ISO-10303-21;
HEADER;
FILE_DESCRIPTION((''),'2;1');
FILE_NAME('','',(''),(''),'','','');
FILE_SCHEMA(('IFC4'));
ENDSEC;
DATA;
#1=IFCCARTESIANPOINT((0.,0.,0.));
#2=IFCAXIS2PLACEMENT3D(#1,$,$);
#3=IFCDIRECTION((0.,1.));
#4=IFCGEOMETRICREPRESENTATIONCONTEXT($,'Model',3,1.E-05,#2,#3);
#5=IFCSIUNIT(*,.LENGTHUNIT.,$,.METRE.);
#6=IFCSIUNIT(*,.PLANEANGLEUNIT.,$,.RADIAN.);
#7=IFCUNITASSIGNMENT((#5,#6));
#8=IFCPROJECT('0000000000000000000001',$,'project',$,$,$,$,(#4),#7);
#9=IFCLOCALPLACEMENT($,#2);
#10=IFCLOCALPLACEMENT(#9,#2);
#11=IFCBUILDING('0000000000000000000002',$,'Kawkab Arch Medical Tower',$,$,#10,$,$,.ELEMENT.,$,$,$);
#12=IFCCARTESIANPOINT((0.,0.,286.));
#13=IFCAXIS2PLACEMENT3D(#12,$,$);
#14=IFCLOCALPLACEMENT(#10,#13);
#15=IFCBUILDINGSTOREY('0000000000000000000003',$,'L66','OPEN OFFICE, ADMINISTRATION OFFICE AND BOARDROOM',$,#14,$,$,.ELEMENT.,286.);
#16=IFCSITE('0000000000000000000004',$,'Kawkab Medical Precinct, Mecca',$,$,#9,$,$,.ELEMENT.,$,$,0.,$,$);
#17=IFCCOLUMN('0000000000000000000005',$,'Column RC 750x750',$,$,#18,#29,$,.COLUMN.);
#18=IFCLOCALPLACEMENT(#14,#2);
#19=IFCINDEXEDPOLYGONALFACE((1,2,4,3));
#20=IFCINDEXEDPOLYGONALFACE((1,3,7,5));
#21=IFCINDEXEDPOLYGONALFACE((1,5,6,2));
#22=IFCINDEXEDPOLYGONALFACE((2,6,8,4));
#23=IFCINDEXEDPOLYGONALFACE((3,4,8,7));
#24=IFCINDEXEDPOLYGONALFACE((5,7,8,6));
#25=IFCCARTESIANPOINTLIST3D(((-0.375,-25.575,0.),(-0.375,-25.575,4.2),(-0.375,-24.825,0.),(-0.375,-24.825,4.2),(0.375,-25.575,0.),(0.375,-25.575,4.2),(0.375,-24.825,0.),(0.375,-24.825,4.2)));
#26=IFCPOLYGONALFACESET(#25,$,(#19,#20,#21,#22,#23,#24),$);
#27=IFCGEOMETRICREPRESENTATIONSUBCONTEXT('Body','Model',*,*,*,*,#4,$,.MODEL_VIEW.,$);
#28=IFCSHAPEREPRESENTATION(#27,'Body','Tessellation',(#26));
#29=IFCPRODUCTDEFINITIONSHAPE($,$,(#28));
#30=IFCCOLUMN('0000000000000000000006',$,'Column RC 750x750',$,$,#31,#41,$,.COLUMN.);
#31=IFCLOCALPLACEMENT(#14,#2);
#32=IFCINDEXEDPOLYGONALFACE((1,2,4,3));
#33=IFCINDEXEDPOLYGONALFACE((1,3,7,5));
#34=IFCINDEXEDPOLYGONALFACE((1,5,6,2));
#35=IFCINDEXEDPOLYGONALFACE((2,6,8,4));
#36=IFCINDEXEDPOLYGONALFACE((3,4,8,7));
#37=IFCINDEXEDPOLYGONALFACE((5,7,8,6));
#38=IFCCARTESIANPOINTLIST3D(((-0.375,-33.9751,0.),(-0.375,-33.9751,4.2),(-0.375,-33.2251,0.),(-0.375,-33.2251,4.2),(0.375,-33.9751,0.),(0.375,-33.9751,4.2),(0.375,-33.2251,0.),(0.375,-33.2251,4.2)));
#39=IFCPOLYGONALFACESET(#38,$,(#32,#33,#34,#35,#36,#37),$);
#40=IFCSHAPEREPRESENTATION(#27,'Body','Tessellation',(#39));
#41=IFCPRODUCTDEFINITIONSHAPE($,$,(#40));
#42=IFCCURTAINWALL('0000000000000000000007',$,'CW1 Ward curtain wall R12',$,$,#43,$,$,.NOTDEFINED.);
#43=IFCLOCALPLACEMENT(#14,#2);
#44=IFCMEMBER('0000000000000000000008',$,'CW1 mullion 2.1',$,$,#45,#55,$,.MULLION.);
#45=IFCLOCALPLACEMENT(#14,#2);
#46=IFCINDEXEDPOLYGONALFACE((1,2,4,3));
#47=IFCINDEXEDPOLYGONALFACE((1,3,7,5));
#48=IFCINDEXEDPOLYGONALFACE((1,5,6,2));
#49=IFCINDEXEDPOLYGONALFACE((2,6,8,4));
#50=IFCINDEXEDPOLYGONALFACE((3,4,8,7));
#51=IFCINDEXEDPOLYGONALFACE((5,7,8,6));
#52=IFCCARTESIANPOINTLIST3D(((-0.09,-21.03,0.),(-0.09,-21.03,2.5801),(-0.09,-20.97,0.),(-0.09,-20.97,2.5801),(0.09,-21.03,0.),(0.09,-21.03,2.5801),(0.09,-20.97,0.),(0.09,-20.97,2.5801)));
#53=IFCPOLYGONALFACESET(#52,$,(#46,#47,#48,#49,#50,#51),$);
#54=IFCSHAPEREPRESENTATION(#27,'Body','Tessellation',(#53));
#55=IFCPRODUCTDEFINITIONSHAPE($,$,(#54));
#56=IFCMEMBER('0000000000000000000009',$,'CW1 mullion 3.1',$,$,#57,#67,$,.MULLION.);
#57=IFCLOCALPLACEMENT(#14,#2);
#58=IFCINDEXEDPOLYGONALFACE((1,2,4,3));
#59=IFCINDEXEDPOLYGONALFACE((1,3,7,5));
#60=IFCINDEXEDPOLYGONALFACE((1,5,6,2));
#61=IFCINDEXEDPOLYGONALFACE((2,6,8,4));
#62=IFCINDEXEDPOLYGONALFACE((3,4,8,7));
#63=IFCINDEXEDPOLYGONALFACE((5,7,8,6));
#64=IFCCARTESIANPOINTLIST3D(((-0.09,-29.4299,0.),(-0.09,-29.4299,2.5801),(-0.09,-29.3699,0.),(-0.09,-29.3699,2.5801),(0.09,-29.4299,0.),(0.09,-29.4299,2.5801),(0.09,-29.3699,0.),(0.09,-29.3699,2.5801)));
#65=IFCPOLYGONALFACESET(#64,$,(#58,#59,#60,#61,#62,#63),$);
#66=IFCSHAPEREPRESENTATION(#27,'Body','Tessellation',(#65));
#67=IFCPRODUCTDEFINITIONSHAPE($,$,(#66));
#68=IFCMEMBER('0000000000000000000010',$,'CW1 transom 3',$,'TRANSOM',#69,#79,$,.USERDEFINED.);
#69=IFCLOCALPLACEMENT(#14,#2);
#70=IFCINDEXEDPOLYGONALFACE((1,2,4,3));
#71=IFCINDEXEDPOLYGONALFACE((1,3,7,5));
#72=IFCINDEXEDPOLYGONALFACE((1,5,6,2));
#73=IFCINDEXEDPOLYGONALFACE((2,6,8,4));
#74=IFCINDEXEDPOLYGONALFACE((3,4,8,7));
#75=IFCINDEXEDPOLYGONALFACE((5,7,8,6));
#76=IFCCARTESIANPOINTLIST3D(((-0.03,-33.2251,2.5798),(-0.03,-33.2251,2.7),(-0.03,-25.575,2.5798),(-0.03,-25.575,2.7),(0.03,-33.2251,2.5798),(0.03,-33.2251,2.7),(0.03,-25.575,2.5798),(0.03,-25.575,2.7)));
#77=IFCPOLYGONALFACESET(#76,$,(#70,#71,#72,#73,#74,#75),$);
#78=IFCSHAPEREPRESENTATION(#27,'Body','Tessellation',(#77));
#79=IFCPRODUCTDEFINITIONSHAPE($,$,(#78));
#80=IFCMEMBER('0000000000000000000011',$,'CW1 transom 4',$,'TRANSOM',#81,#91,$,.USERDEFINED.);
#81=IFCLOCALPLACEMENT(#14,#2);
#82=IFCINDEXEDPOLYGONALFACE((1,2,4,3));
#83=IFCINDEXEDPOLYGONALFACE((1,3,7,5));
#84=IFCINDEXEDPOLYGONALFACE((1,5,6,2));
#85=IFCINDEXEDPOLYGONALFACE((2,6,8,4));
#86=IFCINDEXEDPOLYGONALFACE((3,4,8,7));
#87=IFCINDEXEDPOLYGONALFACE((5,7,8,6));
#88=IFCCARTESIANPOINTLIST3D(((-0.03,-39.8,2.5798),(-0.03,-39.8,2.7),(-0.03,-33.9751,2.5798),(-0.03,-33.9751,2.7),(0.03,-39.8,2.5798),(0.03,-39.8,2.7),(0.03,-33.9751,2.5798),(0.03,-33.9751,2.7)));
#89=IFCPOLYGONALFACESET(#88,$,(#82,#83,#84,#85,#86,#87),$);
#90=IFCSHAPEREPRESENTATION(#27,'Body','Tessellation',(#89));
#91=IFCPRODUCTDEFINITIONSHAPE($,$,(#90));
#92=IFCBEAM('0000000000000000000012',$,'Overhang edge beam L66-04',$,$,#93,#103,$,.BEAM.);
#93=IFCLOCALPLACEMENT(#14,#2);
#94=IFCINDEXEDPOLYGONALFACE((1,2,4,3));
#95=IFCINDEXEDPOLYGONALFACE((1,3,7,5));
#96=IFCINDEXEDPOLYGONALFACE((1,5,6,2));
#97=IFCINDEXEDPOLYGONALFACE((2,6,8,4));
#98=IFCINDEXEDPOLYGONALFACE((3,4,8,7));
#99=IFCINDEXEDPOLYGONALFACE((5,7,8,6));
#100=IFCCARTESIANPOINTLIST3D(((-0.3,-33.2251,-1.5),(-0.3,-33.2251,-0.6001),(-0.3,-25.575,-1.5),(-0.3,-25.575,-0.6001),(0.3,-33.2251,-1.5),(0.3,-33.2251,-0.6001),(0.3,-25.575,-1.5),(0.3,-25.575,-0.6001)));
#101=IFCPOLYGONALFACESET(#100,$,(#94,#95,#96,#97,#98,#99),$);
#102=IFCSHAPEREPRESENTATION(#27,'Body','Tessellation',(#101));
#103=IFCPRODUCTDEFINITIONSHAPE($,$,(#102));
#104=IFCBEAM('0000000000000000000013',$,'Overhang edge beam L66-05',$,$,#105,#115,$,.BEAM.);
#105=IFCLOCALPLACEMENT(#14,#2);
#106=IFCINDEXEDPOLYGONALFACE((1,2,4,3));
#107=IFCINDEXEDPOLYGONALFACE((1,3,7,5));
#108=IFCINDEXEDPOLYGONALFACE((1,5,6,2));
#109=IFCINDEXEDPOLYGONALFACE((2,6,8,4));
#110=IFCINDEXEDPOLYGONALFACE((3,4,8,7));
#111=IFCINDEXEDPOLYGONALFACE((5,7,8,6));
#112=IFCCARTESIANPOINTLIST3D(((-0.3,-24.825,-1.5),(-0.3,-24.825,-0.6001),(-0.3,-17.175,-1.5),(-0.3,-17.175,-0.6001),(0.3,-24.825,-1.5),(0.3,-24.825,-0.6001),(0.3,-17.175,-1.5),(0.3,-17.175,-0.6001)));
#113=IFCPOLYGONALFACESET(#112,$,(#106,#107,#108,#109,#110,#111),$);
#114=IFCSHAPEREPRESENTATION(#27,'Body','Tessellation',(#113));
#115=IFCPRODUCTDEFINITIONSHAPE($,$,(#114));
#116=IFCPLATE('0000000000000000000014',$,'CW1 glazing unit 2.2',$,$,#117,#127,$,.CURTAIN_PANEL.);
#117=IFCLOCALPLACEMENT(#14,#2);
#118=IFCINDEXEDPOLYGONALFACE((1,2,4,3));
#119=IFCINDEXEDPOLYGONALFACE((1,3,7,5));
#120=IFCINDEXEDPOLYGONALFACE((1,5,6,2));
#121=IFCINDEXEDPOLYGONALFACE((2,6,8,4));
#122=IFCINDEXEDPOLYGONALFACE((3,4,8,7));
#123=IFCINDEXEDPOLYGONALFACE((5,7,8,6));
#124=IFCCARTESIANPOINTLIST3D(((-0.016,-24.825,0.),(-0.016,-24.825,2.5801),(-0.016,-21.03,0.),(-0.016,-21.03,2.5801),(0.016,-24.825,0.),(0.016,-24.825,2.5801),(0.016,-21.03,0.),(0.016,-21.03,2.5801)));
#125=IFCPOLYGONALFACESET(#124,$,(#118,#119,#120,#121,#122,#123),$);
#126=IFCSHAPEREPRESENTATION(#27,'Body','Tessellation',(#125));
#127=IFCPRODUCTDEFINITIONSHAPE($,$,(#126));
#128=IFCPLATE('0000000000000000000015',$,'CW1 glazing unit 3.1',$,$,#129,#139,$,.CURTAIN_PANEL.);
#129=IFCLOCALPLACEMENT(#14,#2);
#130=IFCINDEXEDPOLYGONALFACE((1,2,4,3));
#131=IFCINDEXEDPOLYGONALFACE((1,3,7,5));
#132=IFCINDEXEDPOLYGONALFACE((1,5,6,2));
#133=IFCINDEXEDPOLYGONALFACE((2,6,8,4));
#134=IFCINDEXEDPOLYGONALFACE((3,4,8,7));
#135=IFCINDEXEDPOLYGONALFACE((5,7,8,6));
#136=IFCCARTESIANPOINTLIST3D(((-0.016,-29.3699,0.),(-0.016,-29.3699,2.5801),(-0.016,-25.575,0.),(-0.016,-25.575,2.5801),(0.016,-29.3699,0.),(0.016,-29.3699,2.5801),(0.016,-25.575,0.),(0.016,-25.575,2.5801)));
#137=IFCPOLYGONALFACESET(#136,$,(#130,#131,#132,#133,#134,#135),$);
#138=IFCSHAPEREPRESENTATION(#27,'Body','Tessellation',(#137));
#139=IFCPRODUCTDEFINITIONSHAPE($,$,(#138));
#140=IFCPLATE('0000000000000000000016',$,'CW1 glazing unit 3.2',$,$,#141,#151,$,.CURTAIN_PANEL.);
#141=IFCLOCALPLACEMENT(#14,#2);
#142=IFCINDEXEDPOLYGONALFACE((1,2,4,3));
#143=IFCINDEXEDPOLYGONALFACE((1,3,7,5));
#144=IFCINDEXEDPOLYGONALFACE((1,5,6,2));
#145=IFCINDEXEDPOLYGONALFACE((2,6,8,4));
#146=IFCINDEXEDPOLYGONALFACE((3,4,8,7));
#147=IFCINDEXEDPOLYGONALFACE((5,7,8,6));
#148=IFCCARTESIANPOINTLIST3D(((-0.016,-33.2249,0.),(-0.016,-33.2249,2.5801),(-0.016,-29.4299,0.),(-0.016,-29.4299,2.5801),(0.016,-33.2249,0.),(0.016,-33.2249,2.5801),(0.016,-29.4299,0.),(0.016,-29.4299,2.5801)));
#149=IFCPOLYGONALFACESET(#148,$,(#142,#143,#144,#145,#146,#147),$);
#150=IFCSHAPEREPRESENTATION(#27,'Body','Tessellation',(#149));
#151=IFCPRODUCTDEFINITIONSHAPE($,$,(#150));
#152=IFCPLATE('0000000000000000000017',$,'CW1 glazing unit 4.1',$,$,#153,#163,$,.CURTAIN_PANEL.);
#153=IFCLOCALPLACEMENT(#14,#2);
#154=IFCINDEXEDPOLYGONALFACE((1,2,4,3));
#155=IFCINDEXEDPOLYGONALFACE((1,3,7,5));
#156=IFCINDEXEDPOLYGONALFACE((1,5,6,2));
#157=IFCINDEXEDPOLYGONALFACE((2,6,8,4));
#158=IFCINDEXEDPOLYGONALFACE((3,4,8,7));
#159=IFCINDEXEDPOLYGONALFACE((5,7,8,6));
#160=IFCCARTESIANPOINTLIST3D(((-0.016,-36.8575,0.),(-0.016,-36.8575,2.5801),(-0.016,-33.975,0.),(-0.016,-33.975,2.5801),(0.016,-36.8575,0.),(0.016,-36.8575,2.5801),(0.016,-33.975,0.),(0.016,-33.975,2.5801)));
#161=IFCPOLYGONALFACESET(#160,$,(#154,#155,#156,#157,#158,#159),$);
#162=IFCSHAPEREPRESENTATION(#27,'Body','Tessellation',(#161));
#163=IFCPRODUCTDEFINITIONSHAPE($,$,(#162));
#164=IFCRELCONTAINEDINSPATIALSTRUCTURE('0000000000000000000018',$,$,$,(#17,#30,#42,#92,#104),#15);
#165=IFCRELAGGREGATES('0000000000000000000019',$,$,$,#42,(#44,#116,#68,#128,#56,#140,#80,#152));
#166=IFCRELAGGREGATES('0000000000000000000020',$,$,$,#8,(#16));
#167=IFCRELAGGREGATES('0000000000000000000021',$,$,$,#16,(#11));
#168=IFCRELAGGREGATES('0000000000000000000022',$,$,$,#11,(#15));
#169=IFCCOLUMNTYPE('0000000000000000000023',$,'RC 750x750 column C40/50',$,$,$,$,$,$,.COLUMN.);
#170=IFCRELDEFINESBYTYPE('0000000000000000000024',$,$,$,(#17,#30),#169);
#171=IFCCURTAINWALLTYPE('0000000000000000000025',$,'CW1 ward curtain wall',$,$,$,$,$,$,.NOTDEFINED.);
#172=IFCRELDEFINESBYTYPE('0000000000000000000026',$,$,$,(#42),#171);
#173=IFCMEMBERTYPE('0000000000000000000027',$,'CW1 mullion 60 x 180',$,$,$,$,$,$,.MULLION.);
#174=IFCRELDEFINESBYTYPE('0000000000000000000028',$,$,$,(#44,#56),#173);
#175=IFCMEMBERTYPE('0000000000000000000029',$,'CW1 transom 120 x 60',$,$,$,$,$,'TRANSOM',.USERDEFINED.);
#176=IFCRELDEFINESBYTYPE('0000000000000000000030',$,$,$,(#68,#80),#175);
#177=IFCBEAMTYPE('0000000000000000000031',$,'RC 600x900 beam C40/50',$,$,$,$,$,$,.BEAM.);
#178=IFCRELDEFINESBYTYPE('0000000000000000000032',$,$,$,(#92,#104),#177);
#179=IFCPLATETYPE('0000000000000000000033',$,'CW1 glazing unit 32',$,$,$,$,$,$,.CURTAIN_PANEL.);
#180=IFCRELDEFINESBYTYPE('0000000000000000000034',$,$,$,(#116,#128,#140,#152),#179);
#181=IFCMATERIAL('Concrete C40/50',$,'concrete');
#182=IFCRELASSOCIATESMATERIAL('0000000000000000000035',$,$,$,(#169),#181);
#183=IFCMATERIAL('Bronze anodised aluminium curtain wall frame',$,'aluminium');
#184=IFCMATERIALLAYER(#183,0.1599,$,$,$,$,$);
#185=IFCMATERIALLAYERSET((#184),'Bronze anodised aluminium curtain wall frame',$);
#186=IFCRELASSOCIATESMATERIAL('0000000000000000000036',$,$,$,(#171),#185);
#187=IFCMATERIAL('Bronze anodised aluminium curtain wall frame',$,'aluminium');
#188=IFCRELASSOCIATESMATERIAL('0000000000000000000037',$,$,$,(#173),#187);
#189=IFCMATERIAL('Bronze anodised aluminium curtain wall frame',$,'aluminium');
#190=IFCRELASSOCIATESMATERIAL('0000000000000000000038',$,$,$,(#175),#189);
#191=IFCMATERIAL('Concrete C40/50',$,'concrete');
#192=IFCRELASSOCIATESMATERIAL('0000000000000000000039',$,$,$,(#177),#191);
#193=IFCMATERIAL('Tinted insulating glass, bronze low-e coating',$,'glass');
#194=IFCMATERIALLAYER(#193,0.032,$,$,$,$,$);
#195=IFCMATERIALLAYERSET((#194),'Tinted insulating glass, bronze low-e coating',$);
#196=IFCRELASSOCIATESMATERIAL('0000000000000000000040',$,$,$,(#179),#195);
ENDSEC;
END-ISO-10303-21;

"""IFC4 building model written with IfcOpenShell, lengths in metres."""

from ifc_helpers import new_model, si_unit, direction, frame, origin, origin_2d, place, context, subcontext, project, spatial, rectangle, extrude, material, layer, layer_set, material_profile, profile_set, type_object, element, aggregate, save


model = new_model("IFC4")

# Units and contexts
model_context = context("Model", 3, precision=1e-05, world=origin(), true_north=direction((0.0, 1.0)))
body_context = subcontext(model_context, "Body", "Model", "MODEL_VIEW")
ifc_project = project(units=[si_unit("LENGTHUNIT", "METRE"), si_unit("PLANEANGLEUNIT", "RADIAN")], contexts=[model_context])

# Site, building, storey
site_placement = place(None, origin())
site = spatial("IfcSite", under=ifc_project, at=site_placement, Name="Kawkab Medical Precinct, Mecca", CompositionType="ELEMENT", RefElevation=0.0)
building_placement = place(site_placement, origin())
building = spatial("IfcBuilding", under=site, at=building_placement, Name="Kawkab Arch Medical Tower", CompositionType="ELEMENT")
storey_placement = place(building_placement, frame((0.0, 0.0, 286.0)))
storey = spatial("IfcBuildingStorey", under=building, at=storey_placement, Name="L66", Description="OPEN OFFICE, ADMINISTRATION OFFICE AND BOARDROOM", CompositionType="ELEMENT", Elevation=286.0)

# Columns
ifc_material_1 = material(Name="Concrete C40/50", Category="concrete")
ifc_material_profile_1 = material_profile(ifc_material_1, rectangle(XDim=0.75, YDim=0.75, at=origin_2d()), Name="RC 750x750")
ifc_profile_set_1 = profile_set([ifc_material_profile_1], Name="Concrete C40/50")
column_type = type_object("IfcColumnType", Name="RC 750x750 column C40/50", PredefinedType="COLUMN", material=ifc_profile_set_1)
for number, where, z_axis, x_axis, name in (
    (1, (0.0, -25.2, 0.0), (0.0, 0.0, 1.0), (1.0, 0.0, 0.0), "Column RC 750x750"),
    (2, (0.0, -33.6001, 0.0), (0.0, 0.0, 1.0), (1.0, 0.0, 0.0), "Column RC 750x750"),
):
    element("IfcColumn", number, at=place(storey_placement, frame(where, z_axis=z_axis, x_axis=x_axis)), inside=storey, type_object=column_type, Name=name, PredefinedType="COLUMN", context=body_context, shape_type="SweptSolid", body=[
        extrude(rectangle(XDim=0.75, YDim=0.75, at=origin_2d()), origin(), (0.0, 0.0, 1.0), 4.2),
    ])

# Curtain wall, members
ifc_material_2 = material(Name="Bronze anodised aluminium curtain wall frame", Category="aluminium")
ifc_layer_1 = layer(ifc_material_2, 0.1599)
ifc_layer_set_1 = layer_set([ifc_layer_1], Name="Bronze anodised aluminium curtain wall frame")
curtain_wall_type = type_object("IfcCurtainWallType", Name="CW1 ward curtain wall", PredefinedType="NOTDEFINED", material=ifc_layer_set_1)
curtain_wall_placement = place(storey_placement, origin())
curtain_wall = element("IfcCurtainWall", 3, at=curtain_wall_placement, inside=storey, type_object=curtain_wall_type, Name="CW1 Ward curtain wall R12", PredefinedType="NOTDEFINED")
ifc_material_3 = material(Name="Bronze anodised aluminium curtain wall frame", Category="aluminium")
ifc_material_profile_2 = material_profile(ifc_material_3, rectangle(XDim=0.1799, YDim=0.0601, at=origin_2d()), Name="AL 60x180")
ifc_profile_set_2 = profile_set([ifc_material_profile_2], Name="Bronze anodised aluminium curtain wall frame")
member_type_1 = type_object("IfcMemberType", Name="CW1 mullion 60 x 180", PredefinedType="MULLION", material=ifc_profile_set_2)
member_1_placement = place(storey_placement, frame((0.0, -21.0, 0.0), z_axis=(0.0, 0.0, 1.0), x_axis=(1.0, 0.0, 0.0)))
member_1 = element("IfcMember", 4, at=member_1_placement, type_object=member_type_1, Name="CW1 mullion 2.1", PredefinedType="MULLION", context=body_context, shape_type="SweptSolid", body=[
    extrude(rectangle(XDim=0.1799, YDim=0.0601, at=origin_2d()), origin(), (0.0, 0.0, 1.0), 2.5801),
])
member_2_placement = place(storey_placement, frame((0.0, -29.3999, 0.0), z_axis=(0.0, 0.0, 1.0), x_axis=(1.0, 0.0, 0.0)))
member_2 = element("IfcMember", 5, at=member_2_placement, type_object=member_type_1, Name="CW1 mullion 3.1", PredefinedType="MULLION", context=body_context, shape_type="SweptSolid", body=[
    extrude(rectangle(XDim=0.1799, YDim=0.0601, at=origin_2d()), origin(), (0.0, 0.0, 1.0), 2.5801),
])
ifc_material_4 = material(Name="Bronze anodised aluminium curtain wall frame", Category="aluminium")
ifc_material_profile_3 = material_profile(ifc_material_4, rectangle(XDim=0.0601, YDim=0.1201, at=origin_2d()), Name="AL 60x120")
ifc_profile_set_3 = profile_set([ifc_material_profile_3], Name="Bronze anodised aluminium curtain wall frame")
member_type_2 = type_object("IfcMemberType", Name="CW1 transom 120 x 60", ElementType="TRANSOM", PredefinedType="USERDEFINED", material=ifc_profile_set_3)
member_3_placement = place(storey_placement, frame((0.0, -25.575, 2.6399), z_axis=(0.0, -1.0, 0.0), x_axis=(1.0, 0.0, 0.0)))
member_3 = element("IfcMember", 6, at=member_3_placement, type_object=member_type_2, Name="CW1 transom 3", ObjectType="TRANSOM", PredefinedType="USERDEFINED", context=body_context, shape_type="SweptSolid", body=[
    extrude(rectangle(XDim=0.0601, YDim=0.1201, at=origin_2d()), origin(), (0.0, 0.0, 1.0), 7.6501),
])
member_4_placement = place(storey_placement, frame((0.0, -33.9751, 2.6399), z_axis=(0.0, -1.0, 0.0), x_axis=(1.0, 0.0, 0.0)))
member_4 = element("IfcMember", 7, at=member_4_placement, type_object=member_type_2, Name="CW1 transom 4", ObjectType="TRANSOM", PredefinedType="USERDEFINED", context=body_context, shape_type="SweptSolid", body=[
    extrude(rectangle(XDim=0.0601, YDim=0.1201, at=origin_2d()), origin(), (0.0, 0.0, 1.0), 5.825),
])

# Beams
ifc_material_5 = material(Name="Concrete C40/50", Category="concrete")
ifc_material_profile_4 = material_profile(ifc_material_5, rectangle(XDim=0.6001, YDim=0.8999, at=origin_2d()), Name="RC 600x900")
ifc_profile_set_4 = profile_set([ifc_material_profile_4], Name="Concrete C40/50")
beam_type = type_object("IfcBeamType", Name="RC 600x900 beam C40/50", PredefinedType="BEAM", material=ifc_profile_set_4)
beam_1_placement = place(storey_placement, frame((0.0, -33.2251, -1.05), z_axis=(0.0, 1.0, 0.0), x_axis=(-1.0, 0.0, 0.0)))
element("IfcBeam", 8, at=beam_1_placement, inside=storey, type_object=beam_type, Name="Overhang edge beam L66-04", PredefinedType="BEAM", context=body_context, shape_type="SweptSolid", body=[
    extrude(rectangle(XDim=0.6001, YDim=0.8999, at=origin_2d()), origin(), (0.0, 0.0, 1.0), 7.6501),
])
beam_2_placement = place(storey_placement, frame((0.0, -24.825, -1.05), z_axis=(0.0, 1.0, 0.0), x_axis=(-1.0, 0.0, 0.0)))
element("IfcBeam", 9, at=beam_2_placement, inside=storey, type_object=beam_type, Name="Overhang edge beam L66-05", PredefinedType="BEAM", context=body_context, shape_type="SweptSolid", body=[
    extrude(rectangle(XDim=0.6001, YDim=0.8999, at=origin_2d()), origin(), (0.0, 0.0, 1.0), 7.6499),
])

# Plates
ifc_material_6 = material(Name="Tinted insulating glass, bronze low-e coating", Category="glass")
ifc_layer_2 = layer(ifc_material_6, 0.032)
ifc_layer_set_2 = layer_set([ifc_layer_2], Name="Tinted insulating glass, bronze low-e coating")
plate_type = type_object("IfcPlateType", Name="CW1 glazing unit 32", PredefinedType="CURTAIN_PANEL", material=ifc_layer_set_2)
plate_1_placement = place(storey_placement, frame((0.0, -22.9275, 0.0), z_axis=(0.0, 0.0, 1.0), x_axis=(0.0, -1.0, 0.0)))
plate_1 = element("IfcPlate", 10, at=plate_1_placement, type_object=plate_type, Name="CW1 glazing unit 2.2", PredefinedType="CURTAIN_PANEL", context=body_context, shape_type="SweptSolid", body=[
    extrude(rectangle(XDim=3.7949, YDim=0.032, at=origin_2d()), origin(), (0.0, 0.0, 1.0), 2.5801),
])
plate_2_placement = place(storey_placement, frame((0.0, -27.4724, 0.0), z_axis=(0.0, 0.0, 1.0), x_axis=(0.0, -1.0, 0.0)))
plate_2 = element("IfcPlate", 11, at=plate_2_placement, type_object=plate_type, Name="CW1 glazing unit 3.1", PredefinedType="CURTAIN_PANEL", context=body_context, shape_type="SweptSolid", body=[
    extrude(rectangle(XDim=3.7949, YDim=0.032, at=origin_2d()), origin(), (0.0, 0.0, 1.0), 2.5801),
])
plate_3_placement = place(storey_placement, frame((0.0, -31.3274, 0.0), z_axis=(0.0, 0.0, 1.0), x_axis=(0.0, -1.0, 0.0)))
plate_3 = element("IfcPlate", 12, at=plate_3_placement, type_object=plate_type, Name="CW1 glazing unit 3.2", PredefinedType="CURTAIN_PANEL", context=body_context, shape_type="SweptSolid", body=[
    extrude(rectangle(XDim=3.7949, YDim=0.032, at=origin_2d()), origin(), (0.0, 0.0, 1.0), 2.5801),
])
plate_4_placement = place(storey_placement, frame((0.0, -35.4163, 0.0), z_axis=(0.0, 0.0, 1.0), x_axis=(0.0, -1.0, 0.0)))
plate_4 = element("IfcPlate", 13, at=plate_4_placement, type_object=plate_type, Name="CW1 glazing unit 4.1", PredefinedType="CURTAIN_PANEL", context=body_context, shape_type="SweptSolid", body=[
    extrude(rectangle(XDim=2.8826, YDim=0.032, at=origin_2d()), origin(), (0.0, 0.0, 1.0), 2.5801),
])
aggregate(curtain_wall, [member_1, plate_1, member_3, plate_2, member_2, plate_3, member_4, plate_4])

save(model, "model.ifc")
